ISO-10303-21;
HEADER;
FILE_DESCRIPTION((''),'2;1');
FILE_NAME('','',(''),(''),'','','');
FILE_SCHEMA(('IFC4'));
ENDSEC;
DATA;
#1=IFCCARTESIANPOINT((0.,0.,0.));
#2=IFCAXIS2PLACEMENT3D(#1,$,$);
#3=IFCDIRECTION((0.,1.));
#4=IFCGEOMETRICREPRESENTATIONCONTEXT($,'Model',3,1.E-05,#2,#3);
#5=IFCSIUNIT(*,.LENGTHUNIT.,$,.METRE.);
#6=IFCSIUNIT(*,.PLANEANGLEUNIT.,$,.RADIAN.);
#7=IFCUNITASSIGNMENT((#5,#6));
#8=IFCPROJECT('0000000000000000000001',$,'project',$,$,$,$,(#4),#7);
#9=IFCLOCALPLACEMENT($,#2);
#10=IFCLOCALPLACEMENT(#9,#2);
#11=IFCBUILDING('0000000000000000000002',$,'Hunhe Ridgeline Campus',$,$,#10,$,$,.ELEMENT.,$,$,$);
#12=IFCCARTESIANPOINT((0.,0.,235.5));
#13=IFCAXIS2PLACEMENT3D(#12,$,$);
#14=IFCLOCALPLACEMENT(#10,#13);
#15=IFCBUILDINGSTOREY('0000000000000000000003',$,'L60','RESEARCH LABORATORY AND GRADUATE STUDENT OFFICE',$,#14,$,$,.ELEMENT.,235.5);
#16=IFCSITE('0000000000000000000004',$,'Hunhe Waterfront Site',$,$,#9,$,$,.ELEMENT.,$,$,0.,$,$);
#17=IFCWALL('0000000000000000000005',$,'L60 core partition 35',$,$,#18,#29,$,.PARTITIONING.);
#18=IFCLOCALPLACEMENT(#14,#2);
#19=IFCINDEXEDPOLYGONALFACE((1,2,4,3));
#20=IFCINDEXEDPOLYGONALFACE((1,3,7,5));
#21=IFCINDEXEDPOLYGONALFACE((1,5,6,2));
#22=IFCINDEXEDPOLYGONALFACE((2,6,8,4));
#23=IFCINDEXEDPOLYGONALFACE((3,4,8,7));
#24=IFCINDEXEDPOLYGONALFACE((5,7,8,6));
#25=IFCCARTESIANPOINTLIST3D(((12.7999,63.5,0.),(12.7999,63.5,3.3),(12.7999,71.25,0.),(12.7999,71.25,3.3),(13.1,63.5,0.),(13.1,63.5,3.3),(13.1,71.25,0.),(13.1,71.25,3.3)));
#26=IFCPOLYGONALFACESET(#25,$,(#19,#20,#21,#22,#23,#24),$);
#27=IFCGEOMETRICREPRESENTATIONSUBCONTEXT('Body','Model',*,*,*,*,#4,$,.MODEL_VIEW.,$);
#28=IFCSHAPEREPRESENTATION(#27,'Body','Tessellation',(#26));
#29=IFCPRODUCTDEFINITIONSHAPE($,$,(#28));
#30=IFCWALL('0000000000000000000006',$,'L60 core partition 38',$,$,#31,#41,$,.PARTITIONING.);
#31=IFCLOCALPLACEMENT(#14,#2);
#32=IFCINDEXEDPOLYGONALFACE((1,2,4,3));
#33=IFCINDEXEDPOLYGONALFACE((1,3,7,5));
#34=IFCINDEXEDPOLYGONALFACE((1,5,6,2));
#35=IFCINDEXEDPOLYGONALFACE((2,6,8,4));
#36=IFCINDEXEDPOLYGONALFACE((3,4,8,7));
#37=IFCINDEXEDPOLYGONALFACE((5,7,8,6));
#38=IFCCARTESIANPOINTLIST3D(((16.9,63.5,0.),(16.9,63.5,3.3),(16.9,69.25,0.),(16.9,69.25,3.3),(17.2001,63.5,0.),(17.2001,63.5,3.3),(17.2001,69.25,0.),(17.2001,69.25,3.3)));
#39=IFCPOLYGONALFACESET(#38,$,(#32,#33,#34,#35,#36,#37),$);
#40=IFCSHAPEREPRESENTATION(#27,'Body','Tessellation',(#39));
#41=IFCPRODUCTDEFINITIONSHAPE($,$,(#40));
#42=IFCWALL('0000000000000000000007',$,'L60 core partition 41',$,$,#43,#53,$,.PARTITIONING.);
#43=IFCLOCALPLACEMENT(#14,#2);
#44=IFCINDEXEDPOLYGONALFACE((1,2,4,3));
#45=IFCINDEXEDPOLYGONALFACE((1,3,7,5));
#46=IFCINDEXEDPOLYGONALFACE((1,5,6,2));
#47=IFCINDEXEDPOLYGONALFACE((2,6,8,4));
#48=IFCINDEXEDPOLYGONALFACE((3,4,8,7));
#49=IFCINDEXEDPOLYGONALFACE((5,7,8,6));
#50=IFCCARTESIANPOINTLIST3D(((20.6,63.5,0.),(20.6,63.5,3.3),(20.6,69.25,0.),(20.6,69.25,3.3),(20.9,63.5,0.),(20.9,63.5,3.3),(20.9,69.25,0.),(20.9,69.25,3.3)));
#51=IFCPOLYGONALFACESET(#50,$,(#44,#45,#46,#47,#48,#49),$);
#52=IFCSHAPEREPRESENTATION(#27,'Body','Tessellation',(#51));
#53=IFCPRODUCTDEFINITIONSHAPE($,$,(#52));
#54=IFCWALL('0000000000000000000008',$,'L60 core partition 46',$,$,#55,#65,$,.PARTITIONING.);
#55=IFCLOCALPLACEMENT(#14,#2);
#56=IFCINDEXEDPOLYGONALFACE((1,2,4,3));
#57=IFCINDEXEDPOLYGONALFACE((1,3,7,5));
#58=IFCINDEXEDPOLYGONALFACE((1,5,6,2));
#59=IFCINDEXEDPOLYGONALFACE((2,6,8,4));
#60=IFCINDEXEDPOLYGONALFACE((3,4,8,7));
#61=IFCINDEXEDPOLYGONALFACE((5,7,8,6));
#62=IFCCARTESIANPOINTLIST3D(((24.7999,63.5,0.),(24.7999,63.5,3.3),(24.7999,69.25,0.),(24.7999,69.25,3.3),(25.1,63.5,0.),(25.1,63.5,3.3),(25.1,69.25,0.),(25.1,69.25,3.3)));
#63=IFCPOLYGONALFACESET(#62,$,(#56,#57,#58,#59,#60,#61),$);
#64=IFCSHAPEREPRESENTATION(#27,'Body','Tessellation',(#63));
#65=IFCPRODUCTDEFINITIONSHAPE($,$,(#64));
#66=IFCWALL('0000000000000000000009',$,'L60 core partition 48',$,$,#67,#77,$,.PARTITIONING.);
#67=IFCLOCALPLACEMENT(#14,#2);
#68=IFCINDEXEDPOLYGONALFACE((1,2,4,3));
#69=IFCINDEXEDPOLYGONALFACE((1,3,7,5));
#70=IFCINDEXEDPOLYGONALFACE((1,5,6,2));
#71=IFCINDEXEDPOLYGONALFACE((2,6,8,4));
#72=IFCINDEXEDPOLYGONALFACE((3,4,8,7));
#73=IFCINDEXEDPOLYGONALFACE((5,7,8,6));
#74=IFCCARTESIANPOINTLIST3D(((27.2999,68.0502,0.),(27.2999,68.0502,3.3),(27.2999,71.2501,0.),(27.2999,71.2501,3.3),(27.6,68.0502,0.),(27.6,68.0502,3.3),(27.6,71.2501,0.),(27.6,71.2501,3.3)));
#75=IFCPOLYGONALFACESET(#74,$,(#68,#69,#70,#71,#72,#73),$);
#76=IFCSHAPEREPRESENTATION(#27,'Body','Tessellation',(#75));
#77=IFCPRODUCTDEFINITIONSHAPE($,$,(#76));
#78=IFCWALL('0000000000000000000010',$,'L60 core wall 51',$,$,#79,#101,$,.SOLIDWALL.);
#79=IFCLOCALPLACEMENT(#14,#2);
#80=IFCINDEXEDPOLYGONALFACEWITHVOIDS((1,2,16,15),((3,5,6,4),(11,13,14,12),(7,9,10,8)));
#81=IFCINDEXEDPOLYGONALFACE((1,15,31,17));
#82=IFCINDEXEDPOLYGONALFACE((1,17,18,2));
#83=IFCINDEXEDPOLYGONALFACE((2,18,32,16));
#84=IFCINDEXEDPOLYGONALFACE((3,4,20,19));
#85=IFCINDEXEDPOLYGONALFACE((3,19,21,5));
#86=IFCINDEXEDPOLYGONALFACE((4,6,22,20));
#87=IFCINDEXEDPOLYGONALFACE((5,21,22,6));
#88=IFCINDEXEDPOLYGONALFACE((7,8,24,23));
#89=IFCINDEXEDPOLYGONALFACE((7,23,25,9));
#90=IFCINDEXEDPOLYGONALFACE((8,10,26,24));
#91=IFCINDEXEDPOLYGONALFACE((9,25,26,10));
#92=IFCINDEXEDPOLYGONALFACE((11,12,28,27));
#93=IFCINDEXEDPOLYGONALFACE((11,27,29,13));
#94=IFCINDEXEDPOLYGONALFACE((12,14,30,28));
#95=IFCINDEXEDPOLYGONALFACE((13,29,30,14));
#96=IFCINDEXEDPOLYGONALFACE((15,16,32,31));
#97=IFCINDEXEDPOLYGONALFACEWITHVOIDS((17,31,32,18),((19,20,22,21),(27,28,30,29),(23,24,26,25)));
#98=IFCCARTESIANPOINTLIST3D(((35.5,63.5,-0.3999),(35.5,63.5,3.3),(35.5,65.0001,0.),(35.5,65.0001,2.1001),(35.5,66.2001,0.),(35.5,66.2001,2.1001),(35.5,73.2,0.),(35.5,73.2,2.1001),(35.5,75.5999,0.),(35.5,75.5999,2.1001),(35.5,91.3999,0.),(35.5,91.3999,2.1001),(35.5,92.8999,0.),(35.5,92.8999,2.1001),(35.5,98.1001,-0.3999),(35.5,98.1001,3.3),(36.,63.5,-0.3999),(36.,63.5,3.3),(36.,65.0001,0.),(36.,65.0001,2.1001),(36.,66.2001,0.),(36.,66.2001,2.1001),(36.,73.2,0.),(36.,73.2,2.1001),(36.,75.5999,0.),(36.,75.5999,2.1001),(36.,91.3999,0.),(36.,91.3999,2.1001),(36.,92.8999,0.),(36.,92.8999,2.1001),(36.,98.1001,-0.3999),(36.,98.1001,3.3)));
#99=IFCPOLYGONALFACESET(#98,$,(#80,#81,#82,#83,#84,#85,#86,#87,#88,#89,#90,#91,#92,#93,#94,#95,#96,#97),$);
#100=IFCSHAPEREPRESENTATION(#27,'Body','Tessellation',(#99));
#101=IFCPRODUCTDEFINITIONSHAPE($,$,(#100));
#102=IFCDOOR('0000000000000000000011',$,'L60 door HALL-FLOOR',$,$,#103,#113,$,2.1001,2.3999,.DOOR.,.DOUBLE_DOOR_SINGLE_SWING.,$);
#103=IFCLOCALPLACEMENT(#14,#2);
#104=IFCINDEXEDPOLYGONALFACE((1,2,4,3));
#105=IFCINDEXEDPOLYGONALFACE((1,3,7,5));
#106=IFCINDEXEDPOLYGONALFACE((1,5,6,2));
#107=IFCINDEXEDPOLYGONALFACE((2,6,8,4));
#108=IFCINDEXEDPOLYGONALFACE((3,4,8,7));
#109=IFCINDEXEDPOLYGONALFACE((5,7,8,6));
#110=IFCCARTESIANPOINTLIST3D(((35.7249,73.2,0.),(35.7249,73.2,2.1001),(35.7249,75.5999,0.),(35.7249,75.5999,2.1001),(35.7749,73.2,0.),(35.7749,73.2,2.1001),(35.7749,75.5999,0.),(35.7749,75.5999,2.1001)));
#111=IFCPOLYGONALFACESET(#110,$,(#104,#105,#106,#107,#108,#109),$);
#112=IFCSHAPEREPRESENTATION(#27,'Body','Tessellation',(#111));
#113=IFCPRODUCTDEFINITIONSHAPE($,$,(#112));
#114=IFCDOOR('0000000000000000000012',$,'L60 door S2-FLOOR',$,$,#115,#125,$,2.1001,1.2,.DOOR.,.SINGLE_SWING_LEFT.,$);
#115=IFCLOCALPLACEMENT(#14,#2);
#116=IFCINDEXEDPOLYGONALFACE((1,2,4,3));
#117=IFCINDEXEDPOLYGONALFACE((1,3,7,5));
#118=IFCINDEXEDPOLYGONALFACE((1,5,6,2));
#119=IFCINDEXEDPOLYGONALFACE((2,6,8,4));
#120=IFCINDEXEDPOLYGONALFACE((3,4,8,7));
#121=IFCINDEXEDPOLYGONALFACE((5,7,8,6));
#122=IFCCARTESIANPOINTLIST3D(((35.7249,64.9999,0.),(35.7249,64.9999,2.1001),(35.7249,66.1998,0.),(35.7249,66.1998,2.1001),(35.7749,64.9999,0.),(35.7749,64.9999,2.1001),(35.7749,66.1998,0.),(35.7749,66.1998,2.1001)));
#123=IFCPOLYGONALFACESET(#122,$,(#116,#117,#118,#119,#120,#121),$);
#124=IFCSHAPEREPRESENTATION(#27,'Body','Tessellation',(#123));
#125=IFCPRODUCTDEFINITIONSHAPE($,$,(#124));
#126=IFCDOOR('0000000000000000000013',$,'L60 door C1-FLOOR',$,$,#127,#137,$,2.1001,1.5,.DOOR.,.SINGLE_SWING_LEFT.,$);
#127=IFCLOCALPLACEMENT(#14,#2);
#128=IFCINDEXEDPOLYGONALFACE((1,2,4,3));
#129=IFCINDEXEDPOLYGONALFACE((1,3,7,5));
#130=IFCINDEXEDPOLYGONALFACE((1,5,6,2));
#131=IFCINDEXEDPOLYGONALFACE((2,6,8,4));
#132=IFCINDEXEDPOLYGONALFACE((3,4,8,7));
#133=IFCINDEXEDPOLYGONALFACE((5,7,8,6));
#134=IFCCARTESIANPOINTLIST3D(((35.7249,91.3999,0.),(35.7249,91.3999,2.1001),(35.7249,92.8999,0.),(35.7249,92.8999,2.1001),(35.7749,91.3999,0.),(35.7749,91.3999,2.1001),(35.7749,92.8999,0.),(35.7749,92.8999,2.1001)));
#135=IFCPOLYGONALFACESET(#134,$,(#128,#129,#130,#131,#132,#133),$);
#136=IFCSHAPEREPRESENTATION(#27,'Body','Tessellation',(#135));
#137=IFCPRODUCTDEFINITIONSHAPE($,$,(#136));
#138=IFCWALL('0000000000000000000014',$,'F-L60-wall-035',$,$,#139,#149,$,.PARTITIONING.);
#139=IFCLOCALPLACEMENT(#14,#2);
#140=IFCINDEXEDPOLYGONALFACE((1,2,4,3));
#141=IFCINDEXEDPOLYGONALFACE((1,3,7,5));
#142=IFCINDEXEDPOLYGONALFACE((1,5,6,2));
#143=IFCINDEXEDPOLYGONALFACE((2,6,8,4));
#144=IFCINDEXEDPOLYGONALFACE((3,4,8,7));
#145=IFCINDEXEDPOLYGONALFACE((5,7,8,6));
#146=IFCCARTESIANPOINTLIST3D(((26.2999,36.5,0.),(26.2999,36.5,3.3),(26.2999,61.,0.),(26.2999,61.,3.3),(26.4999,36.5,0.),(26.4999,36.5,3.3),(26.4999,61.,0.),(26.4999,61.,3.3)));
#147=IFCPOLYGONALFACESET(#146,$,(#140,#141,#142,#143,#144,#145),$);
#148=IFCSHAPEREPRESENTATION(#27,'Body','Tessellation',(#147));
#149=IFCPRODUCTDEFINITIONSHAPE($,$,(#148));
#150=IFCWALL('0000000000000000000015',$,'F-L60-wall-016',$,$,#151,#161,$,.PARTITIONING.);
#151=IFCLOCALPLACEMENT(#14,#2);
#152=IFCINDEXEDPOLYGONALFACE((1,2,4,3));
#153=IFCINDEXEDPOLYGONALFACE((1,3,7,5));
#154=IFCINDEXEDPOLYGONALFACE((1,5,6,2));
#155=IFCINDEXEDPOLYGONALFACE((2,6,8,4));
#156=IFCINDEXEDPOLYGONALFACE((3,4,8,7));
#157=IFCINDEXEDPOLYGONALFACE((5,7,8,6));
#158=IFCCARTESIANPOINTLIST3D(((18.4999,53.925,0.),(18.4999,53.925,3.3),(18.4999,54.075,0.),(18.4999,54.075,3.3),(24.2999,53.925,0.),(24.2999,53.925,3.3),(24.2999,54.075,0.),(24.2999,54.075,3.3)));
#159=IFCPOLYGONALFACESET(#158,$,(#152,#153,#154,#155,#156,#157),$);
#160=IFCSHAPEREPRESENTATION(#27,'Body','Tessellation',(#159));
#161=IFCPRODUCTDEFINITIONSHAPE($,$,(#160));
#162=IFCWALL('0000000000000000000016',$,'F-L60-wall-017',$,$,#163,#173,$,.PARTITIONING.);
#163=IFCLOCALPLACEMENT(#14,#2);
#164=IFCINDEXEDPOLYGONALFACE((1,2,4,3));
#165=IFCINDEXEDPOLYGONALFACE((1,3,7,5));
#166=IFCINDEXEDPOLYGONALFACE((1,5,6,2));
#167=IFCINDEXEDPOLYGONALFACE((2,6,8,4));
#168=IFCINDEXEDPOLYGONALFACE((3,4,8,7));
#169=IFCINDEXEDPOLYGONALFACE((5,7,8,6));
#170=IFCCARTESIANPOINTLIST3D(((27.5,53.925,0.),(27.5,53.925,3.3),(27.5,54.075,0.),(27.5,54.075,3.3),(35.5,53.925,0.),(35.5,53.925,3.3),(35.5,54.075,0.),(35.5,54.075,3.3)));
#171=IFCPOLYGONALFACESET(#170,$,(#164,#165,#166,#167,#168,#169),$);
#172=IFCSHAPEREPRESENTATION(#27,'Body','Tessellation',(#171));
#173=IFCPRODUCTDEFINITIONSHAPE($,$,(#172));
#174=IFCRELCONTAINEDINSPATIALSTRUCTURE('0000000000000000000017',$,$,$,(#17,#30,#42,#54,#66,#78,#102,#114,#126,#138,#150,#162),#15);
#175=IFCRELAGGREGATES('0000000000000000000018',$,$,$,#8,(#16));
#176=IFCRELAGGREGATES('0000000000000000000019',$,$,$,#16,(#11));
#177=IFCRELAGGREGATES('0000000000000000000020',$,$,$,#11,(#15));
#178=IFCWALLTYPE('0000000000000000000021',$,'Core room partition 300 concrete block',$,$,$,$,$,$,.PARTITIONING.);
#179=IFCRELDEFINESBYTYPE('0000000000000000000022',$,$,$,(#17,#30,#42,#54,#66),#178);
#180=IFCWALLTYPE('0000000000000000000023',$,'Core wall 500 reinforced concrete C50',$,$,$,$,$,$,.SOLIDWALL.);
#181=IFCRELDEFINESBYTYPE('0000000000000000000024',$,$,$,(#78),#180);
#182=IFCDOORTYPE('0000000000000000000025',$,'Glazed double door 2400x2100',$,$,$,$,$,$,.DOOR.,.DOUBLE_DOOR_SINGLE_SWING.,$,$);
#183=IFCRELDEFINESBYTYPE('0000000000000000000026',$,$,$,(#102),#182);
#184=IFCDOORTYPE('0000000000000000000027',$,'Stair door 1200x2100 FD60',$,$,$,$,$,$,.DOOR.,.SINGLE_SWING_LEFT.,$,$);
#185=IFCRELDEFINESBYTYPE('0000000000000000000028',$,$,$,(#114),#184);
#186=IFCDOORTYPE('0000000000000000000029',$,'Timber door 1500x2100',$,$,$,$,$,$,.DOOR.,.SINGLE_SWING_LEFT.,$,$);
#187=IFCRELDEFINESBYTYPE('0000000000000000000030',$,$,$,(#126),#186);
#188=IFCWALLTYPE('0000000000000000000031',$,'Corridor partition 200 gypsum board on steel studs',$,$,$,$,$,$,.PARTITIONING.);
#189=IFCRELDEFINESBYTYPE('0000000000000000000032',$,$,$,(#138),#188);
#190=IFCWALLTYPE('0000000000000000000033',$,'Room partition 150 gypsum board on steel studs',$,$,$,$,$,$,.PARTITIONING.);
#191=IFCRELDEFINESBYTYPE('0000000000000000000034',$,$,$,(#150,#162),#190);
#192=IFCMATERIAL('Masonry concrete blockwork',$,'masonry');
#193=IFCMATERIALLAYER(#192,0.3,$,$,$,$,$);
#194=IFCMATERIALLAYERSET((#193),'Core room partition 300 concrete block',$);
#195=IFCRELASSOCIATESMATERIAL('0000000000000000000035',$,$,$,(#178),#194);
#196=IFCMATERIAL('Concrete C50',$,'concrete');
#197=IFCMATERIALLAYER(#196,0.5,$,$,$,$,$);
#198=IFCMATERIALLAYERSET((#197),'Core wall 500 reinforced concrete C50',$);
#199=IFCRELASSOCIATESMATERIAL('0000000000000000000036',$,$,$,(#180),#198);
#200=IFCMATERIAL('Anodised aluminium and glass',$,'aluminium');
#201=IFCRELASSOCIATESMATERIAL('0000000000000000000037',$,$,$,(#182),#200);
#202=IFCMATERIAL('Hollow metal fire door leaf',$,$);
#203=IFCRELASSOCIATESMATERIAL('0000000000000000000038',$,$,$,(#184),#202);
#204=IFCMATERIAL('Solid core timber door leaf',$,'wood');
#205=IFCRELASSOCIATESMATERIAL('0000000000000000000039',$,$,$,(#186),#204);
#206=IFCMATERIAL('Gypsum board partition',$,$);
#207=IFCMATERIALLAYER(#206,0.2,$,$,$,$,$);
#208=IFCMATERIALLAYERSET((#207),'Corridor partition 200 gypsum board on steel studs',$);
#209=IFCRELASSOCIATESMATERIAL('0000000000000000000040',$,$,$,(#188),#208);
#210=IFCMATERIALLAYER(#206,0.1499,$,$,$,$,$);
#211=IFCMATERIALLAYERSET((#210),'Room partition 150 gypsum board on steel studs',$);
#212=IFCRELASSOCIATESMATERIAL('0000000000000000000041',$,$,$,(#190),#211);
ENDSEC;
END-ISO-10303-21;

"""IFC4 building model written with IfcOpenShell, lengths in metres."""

from ifc_helpers import new_model, si_unit, direction, frame, frame_2d, origin, place, context, subcontext, project, spatial, rectangle, extrude, material, layer, layer_set, type_object, element, fill, save


model = new_model("IFC4")

# Units and contexts
model_context = context("Model", 3, precision=1e-05, world=origin(), true_north=direction((0.0, 1.0)))
body_context = subcontext(model_context, "Body", "Model", "MODEL_VIEW")
ifc_project = project(units=[si_unit("LENGTHUNIT", "METRE"), si_unit("PLANEANGLEUNIT", "RADIAN")], contexts=[model_context])

# Site, building, storey
site_placement = place(None, origin())
site = spatial("IfcSite", under=ifc_project, at=site_placement, Name="Hunhe Waterfront Site", CompositionType="ELEMENT", RefElevation=0.0)
building_placement = place(site_placement, origin())
building = spatial("IfcBuilding", under=site, at=building_placement, Name="Hunhe Ridgeline Campus", CompositionType="ELEMENT")
storey_placement = place(building_placement, frame((0.0, 0.0, 235.5)))
storey = spatial("IfcBuildingStorey", under=building, at=storey_placement, Name="L60", Description="RESEARCH LABORATORY AND GRADUATE STUDENT OFFICE", CompositionType="ELEMENT", Elevation=235.5)

# Shared definitions
ifc_material_1 = material(Name="Masonry concrete blockwork", Category="masonry")
ifc_layer_1 = layer(ifc_material_1, 0.3)
ifc_layer_set_1 = layer_set([ifc_layer_1], Name="Core room partition 300 concrete block")
wall_type_1 = type_object("IfcWallType", Name="Core room partition 300 concrete block", PredefinedType="PARTITIONING", material=ifc_layer_set_1)
ifc_material_2 = material(Name="Solid core timber door leaf", Category="wood")

# Walls
wall_1_placement = place(storey_placement, frame((12.95, 63.5, 0.0), z_axis=(0.0, 0.0, 1.0), x_axis=(0.0, 1.0, 0.0)))
element("IfcWall", 1, at=wall_1_placement, inside=storey, type_object=wall_type_1, Name="L60 core partition 35", PredefinedType="PARTITIONING", context=body_context, shape_type="SweptSolid", body=[
    extrude(rectangle(XDim=7.75, YDim=0.3, at=frame_2d((3.875, 0.0))), origin(), (0.0, 0.0, 1.0), 3.3),
])
for number, where, z_axis, x_axis, name in (
    (2, (17.05, 63.5, 0.0), (0.0, 0.0, 1.0), (0.0, 1.0, 0.0), "L60 core partition 38"),
    (3, (20.75, 63.5, 0.0), (0.0, 0.0, 1.0), (0.0, 1.0, 0.0), "L60 core partition 41"),
    (4, (24.95, 63.5, 0.0), (0.0, 0.0, 1.0), (0.0, 1.0, 0.0), "L60 core partition 46"),
):
    element("IfcWall", number, at=place(storey_placement, frame(where, z_axis=z_axis, x_axis=x_axis)), inside=storey, type_object=wall_type_1, Name=name, PredefinedType="PARTITIONING", context=body_context, shape_type="SweptSolid", body=[
        extrude(rectangle(XDim=5.75, YDim=0.3, at=frame_2d((2.875, 0.0))), origin(), (0.0, 0.0, 1.0), 3.3),
    ])
wall_2_placement = place(storey_placement, frame((27.45, 68.05, 0.0), z_axis=(0.0, 0.0, 1.0), x_axis=(0.0, 1.0, 0.0)))
element("IfcWall", 5, at=wall_2_placement, inside=storey, type_object=wall_type_1, Name="L60 core partition 48", PredefinedType="PARTITIONING", context=body_context, shape_type="SweptSolid", body=[
    extrude(rectangle(XDim=3.2, YDim=0.3, at=frame_2d((1.6001, 0.0))), origin(), (0.0, 0.0, 1.0), 3.3),
])

# Wall, openings, doors
ifc_material_3 = material(Name="Concrete C50", Category="concrete")
ifc_layer_2 = layer(ifc_material_3, 0.5)
ifc_layer_set_2 = layer_set([ifc_layer_2], Name="Core wall 500 reinforced concrete C50")
wall_type_2 = type_object("IfcWallType", Name="Core wall 500 reinforced concrete C50", PredefinedType="SOLIDWALL", material=ifc_layer_set_2)
wall_3_placement = place(storey_placement, frame((35.75, 63.5, -0.3999), z_axis=(0.0, 0.0, 1.0), x_axis=(0.0, 1.0, 0.0)))
wall_3 = element("IfcWall", 6, at=wall_3_placement, inside=storey, type_object=wall_type_2, Name="L60 core wall 51", PredefinedType="SOLIDWALL", context=body_context, shape_type="SweptSolid", body=[
    extrude(rectangle(XDim=34.6001, YDim=0.5, at=frame_2d((17.3, 0.0))), origin(), (0.0, 0.0, 1.0), 3.7),
])
opening_1_placement = place(wall_3_placement, frame((9.7, 0.0, 0.3999)))
opening_1 = element("IfcOpeningElement", 7, at=opening_1_placement, cuts=wall_3, PredefinedType="OPENING", context=body_context, shape_type="SweptSolid", body=[
    extrude(rectangle(XDim=2.3999, YDim=2.1001, at=frame_2d((1.2, 1.05))), frame((0.0, 0.25, 0.0), z_axis=(0.0, -1.0, 0.0), x_axis=(1.0, 0.0, 0.0)), (0.0, 0.0, 1.0), 0.5),
])
opening_2_placement = place(wall_3_placement, frame((27.8999, 0.0, 0.3999)))
opening_2 = element("IfcOpeningElement", 8, at=opening_2_placement, cuts=wall_3, PredefinedType="OPENING", context=body_context, shape_type="SweptSolid", body=[
    extrude(rectangle(XDim=1.5, YDim=2.1001, at=frame_2d((0.75, 1.05))), frame((0.0, 0.25, 0.0), z_axis=(0.0, -1.0, 0.0), x_axis=(1.0, 0.0, 0.0)), (0.0, 0.0, 1.0), 0.5),
])
opening_3_placement = place(wall_3_placement, frame((1.5, 0.0, 0.3999)))
opening_3 = element("IfcOpeningElement", 9, at=opening_3_placement, cuts=wall_3, PredefinedType="OPENING", context=body_context, shape_type="SweptSolid", body=[
    extrude(rectangle(XDim=1.2, YDim=2.1001, at=frame_2d((0.6001, 1.05))), frame((0.0, 0.25, 0.0), z_axis=(0.0, -1.0, 0.0), x_axis=(1.0, 0.0, 0.0)), (0.0, 0.0, 1.0), 0.5),
])
ifc_material_4 = material(Name="Anodised aluminium and glass", Category="aluminium")
door_type_1 = type_object("IfcDoorType", Name="Glazed double door 2400x2100", OperationType="DOUBLE_DOOR_SINGLE_SWING", PredefinedType="DOOR", material=ifc_material_4)
door_1_placement = place(opening_1_placement, frame((2.3999, 0.0, 0.0), z_axis=(0.0, 0.0, 1.0), x_axis=(-1.0, 0.0, 0.0)))
door_1 = element("IfcDoor", 10, at=door_1_placement, inside=storey, type_object=door_type_1, Name="L60 door HALL-FLOOR", OperationType="DOUBLE_DOOR_SINGLE_SWING", OverallHeight=2.1001, OverallWidth=2.3999, PredefinedType="DOOR", context=body_context, shape_type="SweptSolid", body=[
    extrude(rectangle(XDim=2.3999, YDim=2.1001, at=frame_2d((1.2, 1.05))), frame((0.0, 0.0249, 0.0), z_axis=(0.0, -1.0, 0.0), x_axis=(1.0, 0.0, 0.0)), (0.0, 0.0, 1.0), 0.05),
])
fill(opening_1, door_1)
ifc_material_5 = material(Name="Hollow metal fire door leaf")
door_type_2 = type_object("IfcDoorType", Name="Stair door 1200x2100 FD60", OperationType="SINGLE_SWING_LEFT", PredefinedType="DOOR", material=ifc_material_5)
door_2_placement = place(opening_3_placement, frame((1.2, 0.0, 0.0), z_axis=(0.0, 0.0, 1.0), x_axis=(-1.0, 0.0, 0.0)))
door_2 = element("IfcDoor", 11, at=door_2_placement, inside=storey, type_object=door_type_2, Name="L60 door S2-FLOOR", OperationType="SINGLE_SWING_LEFT", OverallHeight=2.1001, OverallWidth=1.2, PredefinedType="DOOR", context=body_context, shape_type="SweptSolid", body=[
    extrude(rectangle(XDim=1.2, YDim=2.1001, at=frame_2d((0.6001, 1.05))), frame((0.0, 0.0249, 0.0), z_axis=(0.0, -1.0, 0.0), x_axis=(1.0, 0.0, 0.0)), (0.0, 0.0, 1.0), 0.05),
])
fill(opening_3, door_2)
door_type_3 = type_object("IfcDoorType", Name="Timber door 1500x2100", OperationType="SINGLE_SWING_LEFT", PredefinedType="DOOR", material=ifc_material_2)
door_3_placement = place(opening_2_placement, frame((1.5, 0.0, 0.0), z_axis=(0.0, 0.0, 1.0), x_axis=(-1.0, 0.0, 0.0)))
door_3 = element("IfcDoor", 12, at=door_3_placement, inside=storey, type_object=door_type_3, Name="L60 door C1-FLOOR", OperationType="SINGLE_SWING_LEFT", OverallHeight=2.1001, OverallWidth=1.5, PredefinedType="DOOR", context=body_context, shape_type="SweptSolid", body=[
    extrude(rectangle(XDim=1.5, YDim=2.1001, at=frame_2d((0.75, 1.05))), frame((0.0, 0.0249, 0.0), z_axis=(0.0, -1.0, 0.0), x_axis=(1.0, 0.0, 0.0)), (0.0, 0.0, 1.0), 0.05),
])
fill(opening_2, door_3)

# Shared definitions
ifc_material_6 = material(Name="Gypsum board partition")
ifc_layer_3 = layer(ifc_material_6, 0.2)
ifc_layer_set_3 = layer_set([ifc_layer_3], Name="Corridor partition 200 gypsum board on steel studs")
wall_type_3 = type_object("IfcWallType", Name="Corridor partition 200 gypsum board on steel studs", PredefinedType="PARTITIONING", material=ifc_layer_set_3)

# Walls
wall_4_placement = place(storey_placement, frame((26.3999, 61.0, 0.0), z_axis=(0.0, 0.0, 1.0), x_axis=(0.0, -1.0, 0.0)))
element("IfcWall", 13, at=wall_4_placement, inside=storey, type_object=wall_type_3, Name="F-L60-wall-035", PredefinedType="PARTITIONING", context=body_context, shape_type="SweptSolid", body=[
    extrude(rectangle(XDim=24.5, YDim=0.2, at=frame_2d((12.25, 0.0))), origin(), (0.0, 0.0, 1.0), 3.3),
])
ifc_layer_4 = layer(ifc_material_6, 0.1499)
ifc_layer_set_4 = layer_set([ifc_layer_4], Name="Room partition 150 gypsum board on steel studs")
wall_type_4 = type_object("IfcWallType", Name="Room partition 150 gypsum board on steel studs", PredefinedType="PARTITIONING", material=ifc_layer_set_4)
wall_5_placement = place(storey_placement, frame((18.5, 54.0, 0.0), z_axis=(0.0, 0.0, 1.0), x_axis=(1.0, 0.0, 0.0)))
element("IfcWall", 14, at=wall_5_placement, inside=storey, type_object=wall_type_4, Name="F-L60-wall-016", PredefinedType="PARTITIONING", context=body_context, shape_type="SweptSolid", body=[
    extrude(rectangle(XDim=5.8, YDim=0.1499, at=frame_2d((2.8999, 0.0))), origin(), (0.0, 0.0, 1.0), 3.3),
])
wall_6_placement = place(storey_placement, frame((27.5, 54.0, 0.0), z_axis=(0.0, 0.0, 1.0), x_axis=(1.0, 0.0, 0.0)))
element("IfcWall", 15, at=wall_6_placement, inside=storey, type_object=wall_type_4, Name="F-L60-wall-017", PredefinedType="PARTITIONING", context=body_context, shape_type="SweptSolid", body=[
    extrude(rectangle(XDim=8.0, YDim=0.1499, at=frame_2d((4.0, 0.0))), origin(), (0.0, 0.0, 1.0), 3.3),
])

save(model, "model.ifc")
